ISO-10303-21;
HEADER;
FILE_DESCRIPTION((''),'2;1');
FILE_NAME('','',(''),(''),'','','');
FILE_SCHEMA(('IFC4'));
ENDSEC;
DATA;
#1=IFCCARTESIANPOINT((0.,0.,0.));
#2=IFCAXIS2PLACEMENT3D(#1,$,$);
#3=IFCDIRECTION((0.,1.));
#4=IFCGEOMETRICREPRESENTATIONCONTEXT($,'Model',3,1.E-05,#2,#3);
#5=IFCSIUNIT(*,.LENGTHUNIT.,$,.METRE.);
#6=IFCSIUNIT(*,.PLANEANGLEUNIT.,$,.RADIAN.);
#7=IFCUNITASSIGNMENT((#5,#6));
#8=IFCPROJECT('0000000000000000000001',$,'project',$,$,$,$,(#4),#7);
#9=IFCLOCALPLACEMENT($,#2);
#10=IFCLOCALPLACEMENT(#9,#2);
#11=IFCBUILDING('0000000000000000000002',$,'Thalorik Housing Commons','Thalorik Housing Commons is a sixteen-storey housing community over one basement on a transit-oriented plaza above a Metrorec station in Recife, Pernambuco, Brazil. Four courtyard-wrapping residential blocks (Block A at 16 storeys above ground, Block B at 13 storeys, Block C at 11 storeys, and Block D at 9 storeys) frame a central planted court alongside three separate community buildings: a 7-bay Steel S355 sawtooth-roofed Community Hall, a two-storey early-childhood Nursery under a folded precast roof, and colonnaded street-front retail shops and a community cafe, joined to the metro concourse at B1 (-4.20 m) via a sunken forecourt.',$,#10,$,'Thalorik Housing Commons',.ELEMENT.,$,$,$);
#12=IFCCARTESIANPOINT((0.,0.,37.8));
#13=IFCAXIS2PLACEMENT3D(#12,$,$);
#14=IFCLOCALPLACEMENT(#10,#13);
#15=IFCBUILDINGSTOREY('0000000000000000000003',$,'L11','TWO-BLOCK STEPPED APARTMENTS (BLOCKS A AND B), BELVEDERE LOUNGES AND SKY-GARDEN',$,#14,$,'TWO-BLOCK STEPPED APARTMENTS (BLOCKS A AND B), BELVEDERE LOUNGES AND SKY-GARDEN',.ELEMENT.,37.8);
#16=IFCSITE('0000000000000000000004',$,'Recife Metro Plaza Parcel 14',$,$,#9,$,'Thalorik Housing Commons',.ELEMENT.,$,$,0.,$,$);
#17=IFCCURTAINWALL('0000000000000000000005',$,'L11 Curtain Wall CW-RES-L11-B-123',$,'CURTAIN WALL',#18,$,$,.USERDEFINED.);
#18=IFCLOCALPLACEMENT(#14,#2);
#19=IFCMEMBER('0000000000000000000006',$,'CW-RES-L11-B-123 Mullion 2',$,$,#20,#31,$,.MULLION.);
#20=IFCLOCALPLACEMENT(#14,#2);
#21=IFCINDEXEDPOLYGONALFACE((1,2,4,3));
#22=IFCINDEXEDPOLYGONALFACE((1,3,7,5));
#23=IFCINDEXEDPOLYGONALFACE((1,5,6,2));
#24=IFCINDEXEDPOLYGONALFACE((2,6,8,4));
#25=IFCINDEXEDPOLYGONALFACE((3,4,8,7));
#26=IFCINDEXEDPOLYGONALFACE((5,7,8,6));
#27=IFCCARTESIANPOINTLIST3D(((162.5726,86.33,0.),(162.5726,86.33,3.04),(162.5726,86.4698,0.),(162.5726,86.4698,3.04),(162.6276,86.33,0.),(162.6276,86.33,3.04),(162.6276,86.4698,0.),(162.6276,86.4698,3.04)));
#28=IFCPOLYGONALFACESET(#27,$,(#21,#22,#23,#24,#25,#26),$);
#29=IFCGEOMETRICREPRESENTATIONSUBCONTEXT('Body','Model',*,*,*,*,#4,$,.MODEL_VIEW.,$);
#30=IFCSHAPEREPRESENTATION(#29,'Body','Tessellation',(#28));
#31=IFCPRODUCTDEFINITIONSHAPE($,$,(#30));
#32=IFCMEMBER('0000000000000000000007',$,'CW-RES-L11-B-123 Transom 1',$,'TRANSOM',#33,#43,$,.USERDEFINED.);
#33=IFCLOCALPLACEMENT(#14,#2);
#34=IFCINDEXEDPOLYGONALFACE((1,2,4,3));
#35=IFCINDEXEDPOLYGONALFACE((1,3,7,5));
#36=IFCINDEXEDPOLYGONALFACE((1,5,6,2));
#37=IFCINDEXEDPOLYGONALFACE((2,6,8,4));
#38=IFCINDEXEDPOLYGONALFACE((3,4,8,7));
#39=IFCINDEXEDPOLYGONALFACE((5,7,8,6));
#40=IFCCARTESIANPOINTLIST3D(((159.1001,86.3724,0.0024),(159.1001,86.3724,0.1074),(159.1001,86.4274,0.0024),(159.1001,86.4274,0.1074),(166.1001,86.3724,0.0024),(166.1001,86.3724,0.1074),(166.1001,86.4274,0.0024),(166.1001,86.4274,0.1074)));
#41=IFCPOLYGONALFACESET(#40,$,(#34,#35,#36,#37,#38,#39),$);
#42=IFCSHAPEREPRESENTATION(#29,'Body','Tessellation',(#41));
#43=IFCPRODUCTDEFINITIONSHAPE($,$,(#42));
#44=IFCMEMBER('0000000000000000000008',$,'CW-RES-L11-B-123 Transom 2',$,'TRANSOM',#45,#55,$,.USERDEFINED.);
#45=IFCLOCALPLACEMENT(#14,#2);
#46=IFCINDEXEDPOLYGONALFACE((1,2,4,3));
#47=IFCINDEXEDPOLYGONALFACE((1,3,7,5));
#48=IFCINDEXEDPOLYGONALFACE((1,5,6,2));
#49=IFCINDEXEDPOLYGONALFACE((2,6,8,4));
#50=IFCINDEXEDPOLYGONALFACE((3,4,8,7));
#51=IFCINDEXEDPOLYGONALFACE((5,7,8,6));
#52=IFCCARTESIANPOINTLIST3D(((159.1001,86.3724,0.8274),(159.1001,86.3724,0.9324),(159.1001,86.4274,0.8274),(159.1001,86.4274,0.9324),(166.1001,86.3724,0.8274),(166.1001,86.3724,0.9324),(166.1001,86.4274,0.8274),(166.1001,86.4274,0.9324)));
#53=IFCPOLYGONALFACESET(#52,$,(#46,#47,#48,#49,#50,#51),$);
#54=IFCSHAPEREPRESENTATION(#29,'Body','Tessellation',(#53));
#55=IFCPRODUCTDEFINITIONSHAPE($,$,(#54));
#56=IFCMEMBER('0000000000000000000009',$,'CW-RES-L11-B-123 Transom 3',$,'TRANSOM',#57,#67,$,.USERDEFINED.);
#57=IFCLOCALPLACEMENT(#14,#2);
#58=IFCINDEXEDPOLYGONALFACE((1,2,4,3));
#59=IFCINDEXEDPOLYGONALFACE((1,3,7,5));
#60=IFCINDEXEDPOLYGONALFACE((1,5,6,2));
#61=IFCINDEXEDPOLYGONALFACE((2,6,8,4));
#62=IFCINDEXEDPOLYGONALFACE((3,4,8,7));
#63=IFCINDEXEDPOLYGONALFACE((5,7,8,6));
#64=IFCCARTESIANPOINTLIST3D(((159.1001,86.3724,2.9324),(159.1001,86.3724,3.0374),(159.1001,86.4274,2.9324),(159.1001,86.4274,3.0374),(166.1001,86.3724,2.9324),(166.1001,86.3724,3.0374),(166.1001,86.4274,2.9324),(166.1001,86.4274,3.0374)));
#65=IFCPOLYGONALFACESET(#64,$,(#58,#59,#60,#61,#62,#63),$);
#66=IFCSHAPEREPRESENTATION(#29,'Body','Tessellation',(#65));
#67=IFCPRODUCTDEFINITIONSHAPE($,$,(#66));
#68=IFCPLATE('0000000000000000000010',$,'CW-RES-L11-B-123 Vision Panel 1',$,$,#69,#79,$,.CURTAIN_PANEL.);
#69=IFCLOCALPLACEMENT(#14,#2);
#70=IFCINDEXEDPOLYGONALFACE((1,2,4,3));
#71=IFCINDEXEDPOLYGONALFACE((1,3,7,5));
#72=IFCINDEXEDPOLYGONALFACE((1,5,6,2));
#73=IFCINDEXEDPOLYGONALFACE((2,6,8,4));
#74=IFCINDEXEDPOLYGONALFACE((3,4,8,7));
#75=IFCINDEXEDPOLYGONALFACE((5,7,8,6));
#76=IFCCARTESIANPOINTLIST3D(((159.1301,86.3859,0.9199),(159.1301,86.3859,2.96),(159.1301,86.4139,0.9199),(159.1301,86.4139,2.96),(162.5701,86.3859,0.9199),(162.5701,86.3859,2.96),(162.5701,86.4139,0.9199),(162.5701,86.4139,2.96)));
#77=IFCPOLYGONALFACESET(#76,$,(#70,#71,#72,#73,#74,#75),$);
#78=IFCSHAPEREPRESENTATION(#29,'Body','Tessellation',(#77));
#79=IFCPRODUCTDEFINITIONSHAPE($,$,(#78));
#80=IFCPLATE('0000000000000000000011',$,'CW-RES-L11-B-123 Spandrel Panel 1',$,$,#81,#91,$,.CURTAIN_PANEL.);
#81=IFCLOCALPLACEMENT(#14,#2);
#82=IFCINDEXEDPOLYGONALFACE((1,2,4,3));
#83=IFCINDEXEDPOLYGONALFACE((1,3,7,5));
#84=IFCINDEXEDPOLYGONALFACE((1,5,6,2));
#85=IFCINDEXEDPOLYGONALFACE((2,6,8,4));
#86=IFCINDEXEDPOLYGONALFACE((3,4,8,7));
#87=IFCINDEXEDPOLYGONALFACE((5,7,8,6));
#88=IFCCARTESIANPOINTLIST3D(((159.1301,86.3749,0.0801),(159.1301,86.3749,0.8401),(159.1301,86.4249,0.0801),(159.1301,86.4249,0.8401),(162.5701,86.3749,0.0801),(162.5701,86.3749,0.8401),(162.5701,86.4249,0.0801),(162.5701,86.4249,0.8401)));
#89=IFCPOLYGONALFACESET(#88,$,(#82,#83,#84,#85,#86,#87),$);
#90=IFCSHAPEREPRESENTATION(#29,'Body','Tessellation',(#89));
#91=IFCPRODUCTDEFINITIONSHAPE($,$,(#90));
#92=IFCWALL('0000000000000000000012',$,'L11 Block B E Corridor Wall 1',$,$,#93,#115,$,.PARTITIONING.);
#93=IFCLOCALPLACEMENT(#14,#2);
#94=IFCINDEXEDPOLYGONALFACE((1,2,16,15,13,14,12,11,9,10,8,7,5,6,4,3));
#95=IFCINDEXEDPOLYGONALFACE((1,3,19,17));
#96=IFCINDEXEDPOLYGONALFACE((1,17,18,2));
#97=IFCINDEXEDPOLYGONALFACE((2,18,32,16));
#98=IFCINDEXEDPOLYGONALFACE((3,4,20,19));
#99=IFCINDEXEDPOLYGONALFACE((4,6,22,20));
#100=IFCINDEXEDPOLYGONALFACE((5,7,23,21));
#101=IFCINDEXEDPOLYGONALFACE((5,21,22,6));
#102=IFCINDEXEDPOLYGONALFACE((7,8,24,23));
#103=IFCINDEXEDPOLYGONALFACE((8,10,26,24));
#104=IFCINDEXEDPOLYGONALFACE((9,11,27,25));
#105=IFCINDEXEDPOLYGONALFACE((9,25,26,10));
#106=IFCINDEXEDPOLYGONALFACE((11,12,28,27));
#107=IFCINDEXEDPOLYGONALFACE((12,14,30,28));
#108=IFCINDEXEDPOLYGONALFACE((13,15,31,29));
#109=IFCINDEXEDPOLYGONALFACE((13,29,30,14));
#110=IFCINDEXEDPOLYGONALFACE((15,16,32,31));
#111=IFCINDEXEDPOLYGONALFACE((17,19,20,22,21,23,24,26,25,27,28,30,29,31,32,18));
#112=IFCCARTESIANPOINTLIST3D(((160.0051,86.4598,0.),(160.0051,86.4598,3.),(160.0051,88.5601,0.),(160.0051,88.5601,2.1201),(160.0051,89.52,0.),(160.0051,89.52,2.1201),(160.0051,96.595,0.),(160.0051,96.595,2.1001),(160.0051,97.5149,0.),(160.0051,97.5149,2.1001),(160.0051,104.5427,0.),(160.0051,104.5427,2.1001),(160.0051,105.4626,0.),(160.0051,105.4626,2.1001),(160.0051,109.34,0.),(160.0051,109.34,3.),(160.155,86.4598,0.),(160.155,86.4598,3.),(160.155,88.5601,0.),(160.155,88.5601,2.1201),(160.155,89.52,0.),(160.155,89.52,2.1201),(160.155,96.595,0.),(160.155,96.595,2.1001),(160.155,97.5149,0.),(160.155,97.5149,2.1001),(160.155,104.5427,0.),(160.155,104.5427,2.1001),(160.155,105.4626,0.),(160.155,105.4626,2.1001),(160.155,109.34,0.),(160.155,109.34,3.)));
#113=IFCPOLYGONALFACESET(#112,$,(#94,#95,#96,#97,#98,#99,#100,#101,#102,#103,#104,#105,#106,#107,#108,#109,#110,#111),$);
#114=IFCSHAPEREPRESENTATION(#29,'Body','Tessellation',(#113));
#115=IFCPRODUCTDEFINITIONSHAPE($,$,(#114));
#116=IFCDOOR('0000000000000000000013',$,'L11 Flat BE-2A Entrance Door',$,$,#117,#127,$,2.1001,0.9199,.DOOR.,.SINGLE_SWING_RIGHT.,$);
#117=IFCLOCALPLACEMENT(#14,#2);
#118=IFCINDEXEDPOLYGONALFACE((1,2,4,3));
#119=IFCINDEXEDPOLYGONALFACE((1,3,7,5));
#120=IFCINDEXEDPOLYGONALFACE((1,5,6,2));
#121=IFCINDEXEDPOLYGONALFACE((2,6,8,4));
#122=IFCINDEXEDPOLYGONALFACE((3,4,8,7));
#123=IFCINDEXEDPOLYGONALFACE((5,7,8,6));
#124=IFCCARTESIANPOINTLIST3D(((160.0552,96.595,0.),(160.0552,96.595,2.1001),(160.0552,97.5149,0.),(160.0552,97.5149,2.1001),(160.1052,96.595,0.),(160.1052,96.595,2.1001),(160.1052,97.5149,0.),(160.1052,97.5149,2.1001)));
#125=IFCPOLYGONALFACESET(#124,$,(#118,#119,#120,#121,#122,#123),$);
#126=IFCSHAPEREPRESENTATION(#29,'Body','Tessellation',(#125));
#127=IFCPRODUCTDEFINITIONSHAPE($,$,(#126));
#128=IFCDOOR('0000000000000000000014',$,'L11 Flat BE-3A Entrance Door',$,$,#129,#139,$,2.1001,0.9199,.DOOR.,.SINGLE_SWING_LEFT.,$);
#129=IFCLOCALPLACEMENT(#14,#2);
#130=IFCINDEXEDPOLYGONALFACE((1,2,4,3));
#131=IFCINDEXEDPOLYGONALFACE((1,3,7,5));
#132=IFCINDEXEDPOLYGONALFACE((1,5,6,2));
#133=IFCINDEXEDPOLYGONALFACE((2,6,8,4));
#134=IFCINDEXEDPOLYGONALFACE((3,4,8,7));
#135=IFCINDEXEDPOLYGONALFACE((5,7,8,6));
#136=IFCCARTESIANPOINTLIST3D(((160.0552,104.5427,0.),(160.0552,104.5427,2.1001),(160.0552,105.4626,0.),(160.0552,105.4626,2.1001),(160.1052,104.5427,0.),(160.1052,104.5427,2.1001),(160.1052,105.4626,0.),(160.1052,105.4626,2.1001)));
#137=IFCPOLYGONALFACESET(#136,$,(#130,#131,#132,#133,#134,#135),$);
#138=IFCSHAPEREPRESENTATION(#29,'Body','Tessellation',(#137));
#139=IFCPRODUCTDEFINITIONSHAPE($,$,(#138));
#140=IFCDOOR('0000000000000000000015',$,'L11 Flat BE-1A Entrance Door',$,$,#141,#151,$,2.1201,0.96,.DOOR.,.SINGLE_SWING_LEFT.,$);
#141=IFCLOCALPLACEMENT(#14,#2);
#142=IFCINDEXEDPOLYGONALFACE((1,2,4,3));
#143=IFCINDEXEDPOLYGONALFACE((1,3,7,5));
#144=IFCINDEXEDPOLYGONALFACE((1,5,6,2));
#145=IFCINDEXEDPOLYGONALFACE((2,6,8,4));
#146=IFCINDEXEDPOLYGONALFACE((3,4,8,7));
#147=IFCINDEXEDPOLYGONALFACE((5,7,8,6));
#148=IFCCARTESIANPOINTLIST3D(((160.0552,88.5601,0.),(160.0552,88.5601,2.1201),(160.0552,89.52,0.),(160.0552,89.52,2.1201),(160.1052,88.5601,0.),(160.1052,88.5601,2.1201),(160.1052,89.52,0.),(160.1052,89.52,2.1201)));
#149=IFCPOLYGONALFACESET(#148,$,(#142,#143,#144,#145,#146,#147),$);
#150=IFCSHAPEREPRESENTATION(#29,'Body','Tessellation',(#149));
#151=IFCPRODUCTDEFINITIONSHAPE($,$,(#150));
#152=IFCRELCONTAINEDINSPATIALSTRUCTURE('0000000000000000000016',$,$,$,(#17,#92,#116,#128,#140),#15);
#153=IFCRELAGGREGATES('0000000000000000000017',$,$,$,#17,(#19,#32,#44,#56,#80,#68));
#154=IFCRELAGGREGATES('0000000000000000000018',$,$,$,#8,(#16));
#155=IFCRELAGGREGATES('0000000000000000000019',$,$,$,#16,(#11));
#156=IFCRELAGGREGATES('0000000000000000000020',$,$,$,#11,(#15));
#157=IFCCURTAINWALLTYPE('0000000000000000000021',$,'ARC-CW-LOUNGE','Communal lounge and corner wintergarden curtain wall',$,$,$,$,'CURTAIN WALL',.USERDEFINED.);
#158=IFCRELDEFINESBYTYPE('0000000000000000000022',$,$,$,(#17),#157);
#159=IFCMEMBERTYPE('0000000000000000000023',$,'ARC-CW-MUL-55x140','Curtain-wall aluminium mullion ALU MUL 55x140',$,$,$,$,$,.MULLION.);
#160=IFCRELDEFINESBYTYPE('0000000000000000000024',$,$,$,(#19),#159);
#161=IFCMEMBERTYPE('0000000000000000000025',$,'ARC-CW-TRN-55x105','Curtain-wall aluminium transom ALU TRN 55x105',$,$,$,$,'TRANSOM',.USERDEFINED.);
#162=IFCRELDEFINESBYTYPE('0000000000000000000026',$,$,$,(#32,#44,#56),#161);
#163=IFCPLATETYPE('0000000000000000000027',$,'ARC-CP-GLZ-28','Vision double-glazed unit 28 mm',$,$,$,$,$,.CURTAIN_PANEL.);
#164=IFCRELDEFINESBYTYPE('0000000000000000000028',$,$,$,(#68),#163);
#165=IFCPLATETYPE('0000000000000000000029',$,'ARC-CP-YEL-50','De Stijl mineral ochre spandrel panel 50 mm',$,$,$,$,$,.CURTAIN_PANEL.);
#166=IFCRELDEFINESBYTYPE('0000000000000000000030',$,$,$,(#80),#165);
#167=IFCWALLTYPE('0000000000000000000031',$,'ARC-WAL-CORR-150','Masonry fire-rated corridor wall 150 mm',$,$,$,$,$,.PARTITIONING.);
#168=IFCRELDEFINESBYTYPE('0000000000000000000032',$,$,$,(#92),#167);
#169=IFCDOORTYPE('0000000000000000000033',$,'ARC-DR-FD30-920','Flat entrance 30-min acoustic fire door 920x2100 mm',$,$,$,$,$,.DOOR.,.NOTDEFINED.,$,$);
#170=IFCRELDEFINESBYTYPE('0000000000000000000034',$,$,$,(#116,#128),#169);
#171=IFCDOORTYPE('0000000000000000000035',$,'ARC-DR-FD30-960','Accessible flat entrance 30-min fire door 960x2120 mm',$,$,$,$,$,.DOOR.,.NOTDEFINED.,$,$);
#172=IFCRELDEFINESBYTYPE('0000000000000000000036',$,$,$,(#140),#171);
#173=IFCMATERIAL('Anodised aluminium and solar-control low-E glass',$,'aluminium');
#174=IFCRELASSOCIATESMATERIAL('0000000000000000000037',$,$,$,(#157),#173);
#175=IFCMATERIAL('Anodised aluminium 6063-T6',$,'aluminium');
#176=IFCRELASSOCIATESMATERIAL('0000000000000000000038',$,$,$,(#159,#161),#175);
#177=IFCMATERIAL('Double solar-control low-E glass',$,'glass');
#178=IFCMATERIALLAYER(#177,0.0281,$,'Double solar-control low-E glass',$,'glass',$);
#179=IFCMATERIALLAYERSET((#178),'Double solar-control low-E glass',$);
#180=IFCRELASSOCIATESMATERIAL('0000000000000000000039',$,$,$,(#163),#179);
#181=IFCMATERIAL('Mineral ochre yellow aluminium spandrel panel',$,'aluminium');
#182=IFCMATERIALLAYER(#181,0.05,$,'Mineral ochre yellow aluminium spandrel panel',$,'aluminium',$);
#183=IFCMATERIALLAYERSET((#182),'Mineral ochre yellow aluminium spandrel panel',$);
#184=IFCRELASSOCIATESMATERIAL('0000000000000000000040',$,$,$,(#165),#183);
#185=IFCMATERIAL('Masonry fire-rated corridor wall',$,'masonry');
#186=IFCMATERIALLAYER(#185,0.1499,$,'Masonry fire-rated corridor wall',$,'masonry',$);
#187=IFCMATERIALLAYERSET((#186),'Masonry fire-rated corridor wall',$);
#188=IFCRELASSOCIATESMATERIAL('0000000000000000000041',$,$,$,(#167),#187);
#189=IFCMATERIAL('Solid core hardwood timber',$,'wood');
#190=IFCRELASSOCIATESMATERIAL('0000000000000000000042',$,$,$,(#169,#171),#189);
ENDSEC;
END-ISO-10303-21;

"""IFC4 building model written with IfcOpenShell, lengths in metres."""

from ifc_helpers import new_model, si_unit, direction, frame, frame_2d, origin, origin_2d, place, context, subcontext, project, spatial, rectangle, extrude, material, layer, layer_set, material_profile, profile_set, type_object, element, fill, aggregate, save


model = new_model("IFC4")

# Units and contexts
model_context = context("Model", 3, precision=1e-05, world=origin(), true_north=direction((0.0, 1.0)))
body_context = subcontext(model_context, "Body", "Model", "MODEL_VIEW")
ifc_project = project(units=[si_unit("LENGTHUNIT", "METRE"), si_unit("PLANEANGLEUNIT", "RADIAN")], contexts=[model_context])

# Site, building, storey
site_placement = place(None, origin())
site = spatial("IfcSite", under=ifc_project, at=site_placement, Name="Recife Metro Plaza Parcel 14", LongName="Thalorik Housing Commons", CompositionType="ELEMENT", RefElevation=0.0)
building_placement = place(site_placement, origin())
building = spatial("IfcBuilding", under=site, at=building_placement, Name="Thalorik Housing Commons", Description="Thalorik Housing Commons is a sixteen-storey housing community over one basement on a transit-oriented plaza above a Metrorec station in Recife, Pernambuco, Brazil. Four courtyard-wrapping residential blocks (Block A at 16 storeys above ground, Block B at 13 storeys, Block C at 11 storeys, and Block D at 9 storeys) frame a central planted court alongside three separate community buildings: a 7-bay Steel S355 sawtooth-roofed Community Hall, a two-storey early-childhood Nursery under a folded precast roof, and colonnaded street-front retail shops and a community cafe, joined to the metro concourse at B1 (-4.20 m) via a sunken forecourt.", LongName="Thalorik Housing Commons", CompositionType="ELEMENT")
storey_placement = place(building_placement, frame((0.0, 0.0, 37.8)))
storey = spatial("IfcBuildingStorey", under=building, at=storey_placement, Name="L11", Description="TWO-BLOCK STEPPED APARTMENTS (BLOCKS A AND B), BELVEDERE LOUNGES AND SKY-GARDEN", LongName="TWO-BLOCK STEPPED APARTMENTS (BLOCKS A AND B), BELVEDERE LOUNGES AND SKY-GARDEN", CompositionType="ELEMENT", Elevation=37.8)

# Curtain wall, members, plates
ifc_material_1 = material(Name="Anodised aluminium and solar-control low-E glass", Category="aluminium")
curtain_wall_type = type_object("IfcCurtainWallType", Name="ARC-CW-LOUNGE", Description="Communal lounge and corner wintergarden curtain wall", ElementType="CURTAIN WALL", PredefinedType="USERDEFINED", material=ifc_material_1)
curtain_wall_placement = place(storey_placement, origin())
curtain_wall = element("IfcCurtainWall", 1, at=curtain_wall_placement, inside=storey, type_object=curtain_wall_type, Name="L11 Curtain Wall CW-RES-L11-B-123", ObjectType="CURTAIN WALL", PredefinedType="USERDEFINED")
ifc_material_2 = material(Name="Anodised aluminium 6063-T6", Category="aluminium")
ifc_material_profile_1 = material_profile(ifc_material_2, rectangle(XDim=0.0549, YDim=0.1399, at=origin_2d()), Name="ALU MUL 55x140", Category="aluminium")
ifc_profile_set_1 = profile_set([ifc_material_profile_1], Name="Anodised aluminium 6063-T6")
member_type_1 = type_object("IfcMemberType", Name="ARC-CW-MUL-55x140", Description="Curtain-wall aluminium mullion ALU MUL 55x140", PredefinedType="MULLION", material=ifc_profile_set_1)
member_1_placement = place(storey_placement, frame((162.6001, 86.3999, 0.0), z_axis=(0.0, 0.0, 1.0), x_axis=(1.0, 0.0, 0.0)))
member_1 = element("IfcMember", 2, at=member_1_placement, type_object=member_type_1, Name="CW-RES-L11-B-123 Mullion 2", PredefinedType="MULLION", context=body_context, shape_type="SweptSolid", body=[
    extrude(rectangle(XDim=0.0549, YDim=0.1399, at=origin_2d()), origin(), (0.0, 0.0, 1.0), 3.04),
])
ifc_material_profile_2 = material_profile(ifc_material_2, rectangle(XDim=0.0549, YDim=0.105, at=origin_2d()), Name="ALU TRN 55x105", Category="aluminium")
ifc_profile_set_2 = profile_set([ifc_material_profile_2], Name="Anodised aluminium 6063-T6")
member_type_2 = type_object("IfcMemberType", Name="ARC-CW-TRN-55x105", Description="Curtain-wall aluminium transom ALU TRN 55x105", ElementType="TRANSOM", PredefinedType="USERDEFINED", material=ifc_profile_set_2)
member_2_placement = place(storey_placement, frame((159.1001, 86.3999, 0.0549), z_axis=(1.0, 0.0, 0.0), x_axis=(0.0, 1.0, 0.0)))
member_2 = element("IfcMember", 3, at=member_2_placement, type_object=member_type_2, Name="CW-RES-L11-B-123 Transom 1", ObjectType="TRANSOM", PredefinedType="USERDEFINED", context=body_context, shape_type="SweptSolid", body=[
    extrude(rectangle(XDim=0.0549, YDim=0.105, at=origin_2d()), origin(), (0.0, 0.0, 1.0), 7.0),
])
member_3_placement = place(storey_placement, frame((159.1001, 86.3999, 0.8799), z_axis=(1.0, 0.0, 0.0), x_axis=(0.0, 1.0, 0.0)))
member_3 = element("IfcMember", 4, at=member_3_placement, type_object=member_type_2, Name="CW-RES-L11-B-123 Transom 2", ObjectType="TRANSOM", PredefinedType="USERDEFINED", context=body_context, shape_type="SweptSolid", body=[
    extrude(rectangle(XDim=0.0549, YDim=0.105, at=origin_2d()), origin(), (0.0, 0.0, 1.0), 7.0),
])
member_4_placement = place(storey_placement, frame((159.1001, 86.3999, 2.9849), z_axis=(1.0, 0.0, 0.0), x_axis=(0.0, 1.0, 0.0)))
member_4 = element("IfcMember", 5, at=member_4_placement, type_object=member_type_2, Name="CW-RES-L11-B-123 Transom 3", ObjectType="TRANSOM", PredefinedType="USERDEFINED", context=body_context, shape_type="SweptSolid", body=[
    extrude(rectangle(XDim=0.0549, YDim=0.105, at=origin_2d()), origin(), (0.0, 0.0, 1.0), 7.0),
])
ifc_material_3 = material(Name="Double solar-control low-E glass", Category="glass")
ifc_layer_1 = layer(ifc_material_3, 0.0281, Name="Double solar-control low-E glass", Category="glass")
ifc_layer_set_1 = layer_set([ifc_layer_1], Name="Double solar-control low-E glass")
plate_type_1 = type_object("IfcPlateType", Name="ARC-CP-GLZ-28", Description="Vision double-glazed unit 28 mm", PredefinedType="CURTAIN_PANEL", material=ifc_layer_set_1)
plate_1_placement = place(storey_placement, frame((160.8501, 86.3999, 0.9199), z_axis=(0.0, 0.0, 1.0), x_axis=(1.0, 0.0, 0.0)))
plate_1 = element("IfcPlate", 6, at=plate_1_placement, type_object=plate_type_1, Name="CW-RES-L11-B-123 Vision Panel 1", PredefinedType="CURTAIN_PANEL", context=body_context, shape_type="SweptSolid", body=[
    extrude(rectangle(XDim=3.4399, YDim=0.0281, at=origin_2d()), origin(), (0.0, 0.0, 1.0), 2.04),
])
ifc_material_4 = material(Name="Mineral ochre yellow aluminium spandrel panel", Category="aluminium")
ifc_layer_2 = layer(ifc_material_4, 0.05, Name="Mineral ochre yellow aluminium spandrel panel", Category="aluminium")
ifc_layer_set_2 = layer_set([ifc_layer_2], Name="Mineral ochre yellow aluminium spandrel panel")
plate_type_2 = type_object("IfcPlateType", Name="ARC-CP-YEL-50", Description="De Stijl mineral ochre spandrel panel 50 mm", PredefinedType="CURTAIN_PANEL", material=ifc_layer_set_2)
plate_2_placement = place(storey_placement, frame((160.8501, 86.3999, 0.0801), z_axis=(0.0, 0.0, 1.0), x_axis=(1.0, 0.0, 0.0)))
plate_2 = element("IfcPlate", 7, at=plate_2_placement, type_object=plate_type_2, Name="CW-RES-L11-B-123 Spandrel Panel 1", PredefinedType="CURTAIN_PANEL", context=body_context, shape_type="SweptSolid", body=[
    extrude(rectangle(XDim=3.4399, YDim=0.05, at=origin_2d()), origin(), (0.0, 0.0, 1.0), 0.76),
])
aggregate(curtain_wall, [member_1, member_2, member_3, member_4, plate_2, plate_1])

# Wall, openings, doors
ifc_material_5 = material(Name="Masonry fire-rated corridor wall", Category="masonry")
ifc_layer_3 = layer(ifc_material_5, 0.1499, Name="Masonry fire-rated corridor wall", Category="masonry")
ifc_layer_set_3 = layer_set([ifc_layer_3], Name="Masonry fire-rated corridor wall")
wall_type_1 = type_object("IfcWallType", Name="ARC-WAL-CORR-150", Description="Masonry fire-rated corridor wall 150 mm", PredefinedType="PARTITIONING", material=ifc_layer_set_3)
wall_1_placement = place(storey_placement, frame((160.0801, 86.46, 0.0), z_axis=(0.0, 0.0, 1.0), x_axis=(0.0, 1.0, 0.0)))
wall_1 = element("IfcWall", 8, at=wall_1_placement, inside=storey, type_object=wall_type_1, Name="L11 Block B E Corridor Wall 1", PredefinedType="PARTITIONING", context=body_context, shape_type="SweptSolid", body=[
    extrude(rectangle(XDim=22.8801, YDim=0.1499, at=frame_2d((11.4399, 0.0))), origin(), (0.0, 0.0, 1.0), 3.0),
])
opening_1_placement = place(wall_1_placement, frame((2.1001, 0.0, 0.0)))
opening_1 = element("IfcOpeningElement", 9, at=opening_1_placement, cuts=wall_1, PredefinedType="OPENING", context=body_context, shape_type="SweptSolid", body=[
    extrude(rectangle(XDim=0.96, YDim=2.1201, at=frame_2d((0.48, 1.0601))), frame((0.0, 0.085, 0.0), z_axis=(0.0, -1.0, 0.0), x_axis=(1.0, 0.0, 0.0)), (0.0, 0.0, 1.0), 0.1699),
])
opening_2_placement = place(wall_1_placement, frame((10.135, 0.0, 0.0)))
opening_2 = element("IfcOpeningElement", 10, at=opening_2_placement, cuts=wall_1, PredefinedType="OPENING", context=body_context, shape_type="SweptSolid", body=[
    extrude(rectangle(XDim=0.9199, YDim=2.1001, at=frame_2d((0.46, 1.05))), frame((0.0, 0.085, 0.0), z_axis=(0.0, -1.0, 0.0), x_axis=(1.0, 0.0, 0.0)), (0.0, 0.0, 1.0), 0.1699),
])
opening_3_placement = place(wall_1_placement, frame((18.0828, 0.0, 0.0)))
opening_3 = element("IfcOpeningElement", 11, at=opening_3_placement, cuts=wall_1, PredefinedType="OPENING", context=body_context, shape_type="SweptSolid", body=[
    extrude(rectangle(XDim=0.9199, YDim=2.1001, at=frame_2d((0.46, 1.05))), frame((0.0, 0.085, 0.0), z_axis=(0.0, -1.0, 0.0), x_axis=(1.0, 0.0, 0.0)), (0.0, 0.0, 1.0), 0.1699),
])
ifc_material_6 = material(Name="Solid core hardwood timber", Category="wood")
door_type_1 = type_object("IfcDoorType", Name="ARC-DR-FD30-920", Description="Flat entrance 30-min acoustic fire door 920x2100 mm", OperationType="NOTDEFINED", PredefinedType="DOOR", material=ifc_material_6)
door_1_placement = place(opening_2_placement, origin())
door_1 = element("IfcDoor", 12, at=door_1_placement, inside=storey, type_object=door_type_1, Name="L11 Flat BE-2A Entrance Door", OperationType="SINGLE_SWING_RIGHT", OverallHeight=2.1001, OverallWidth=0.9199, PredefinedType="DOOR", context=body_context, shape_type="SweptSolid", body=[
    extrude(rectangle(XDim=0.9199, YDim=2.1001, at=frame_2d((0.46, 1.05))), frame((0.0, 0.0249, 0.0), z_axis=(0.0, -1.0, 0.0), x_axis=(1.0, 0.0, 0.0)), (0.0, 0.0, 1.0), 0.05),
])
fill(opening_2, door_1)
door_2_placement = place(opening_3_placement, origin())
door_2 = element("IfcDoor", 13, at=door_2_placement, inside=storey, type_object=door_type_1, Name="L11 Flat BE-3A Entrance Door", OperationType="SINGLE_SWING_LEFT", OverallHeight=2.1001, OverallWidth=0.9199, PredefinedType="DOOR", context=body_context, shape_type="SweptSolid", body=[
    extrude(rectangle(XDim=0.9199, YDim=2.1001, at=frame_2d((0.46, 1.05))), frame((0.0, 0.0249, 0.0), z_axis=(0.0, -1.0, 0.0), x_axis=(1.0, 0.0, 0.0)), (0.0, 0.0, 1.0), 0.05),
])
fill(opening_3, door_2)
door_type_2 = type_object("IfcDoorType", Name="ARC-DR-FD30-960", Description="Accessible flat entrance 30-min fire door 960x2120 mm", OperationType="NOTDEFINED", PredefinedType="DOOR", material=ifc_material_6)
door_3_placement = place(opening_1_placement, origin())
door_3 = element("IfcDoor", 14, at=door_3_placement, inside=storey, type_object=door_type_2, Name="L11 Flat BE-1A Entrance Door", OperationType="SINGLE_SWING_LEFT", OverallHeight=2.1201, OverallWidth=0.96, PredefinedType="DOOR", context=body_context, shape_type="SweptSolid", body=[
    extrude(rectangle(XDim=0.96, YDim=2.1201, at=frame_2d((0.48, 1.0601))), frame((0.0, 0.0249, 0.0), z_axis=(0.0, -1.0, 0.0), x_axis=(1.0, 0.0, 0.0)), (0.0, 0.0, 1.0), 0.05),
])
fill(opening_1, door_3)

save(model, "model.ifc")
